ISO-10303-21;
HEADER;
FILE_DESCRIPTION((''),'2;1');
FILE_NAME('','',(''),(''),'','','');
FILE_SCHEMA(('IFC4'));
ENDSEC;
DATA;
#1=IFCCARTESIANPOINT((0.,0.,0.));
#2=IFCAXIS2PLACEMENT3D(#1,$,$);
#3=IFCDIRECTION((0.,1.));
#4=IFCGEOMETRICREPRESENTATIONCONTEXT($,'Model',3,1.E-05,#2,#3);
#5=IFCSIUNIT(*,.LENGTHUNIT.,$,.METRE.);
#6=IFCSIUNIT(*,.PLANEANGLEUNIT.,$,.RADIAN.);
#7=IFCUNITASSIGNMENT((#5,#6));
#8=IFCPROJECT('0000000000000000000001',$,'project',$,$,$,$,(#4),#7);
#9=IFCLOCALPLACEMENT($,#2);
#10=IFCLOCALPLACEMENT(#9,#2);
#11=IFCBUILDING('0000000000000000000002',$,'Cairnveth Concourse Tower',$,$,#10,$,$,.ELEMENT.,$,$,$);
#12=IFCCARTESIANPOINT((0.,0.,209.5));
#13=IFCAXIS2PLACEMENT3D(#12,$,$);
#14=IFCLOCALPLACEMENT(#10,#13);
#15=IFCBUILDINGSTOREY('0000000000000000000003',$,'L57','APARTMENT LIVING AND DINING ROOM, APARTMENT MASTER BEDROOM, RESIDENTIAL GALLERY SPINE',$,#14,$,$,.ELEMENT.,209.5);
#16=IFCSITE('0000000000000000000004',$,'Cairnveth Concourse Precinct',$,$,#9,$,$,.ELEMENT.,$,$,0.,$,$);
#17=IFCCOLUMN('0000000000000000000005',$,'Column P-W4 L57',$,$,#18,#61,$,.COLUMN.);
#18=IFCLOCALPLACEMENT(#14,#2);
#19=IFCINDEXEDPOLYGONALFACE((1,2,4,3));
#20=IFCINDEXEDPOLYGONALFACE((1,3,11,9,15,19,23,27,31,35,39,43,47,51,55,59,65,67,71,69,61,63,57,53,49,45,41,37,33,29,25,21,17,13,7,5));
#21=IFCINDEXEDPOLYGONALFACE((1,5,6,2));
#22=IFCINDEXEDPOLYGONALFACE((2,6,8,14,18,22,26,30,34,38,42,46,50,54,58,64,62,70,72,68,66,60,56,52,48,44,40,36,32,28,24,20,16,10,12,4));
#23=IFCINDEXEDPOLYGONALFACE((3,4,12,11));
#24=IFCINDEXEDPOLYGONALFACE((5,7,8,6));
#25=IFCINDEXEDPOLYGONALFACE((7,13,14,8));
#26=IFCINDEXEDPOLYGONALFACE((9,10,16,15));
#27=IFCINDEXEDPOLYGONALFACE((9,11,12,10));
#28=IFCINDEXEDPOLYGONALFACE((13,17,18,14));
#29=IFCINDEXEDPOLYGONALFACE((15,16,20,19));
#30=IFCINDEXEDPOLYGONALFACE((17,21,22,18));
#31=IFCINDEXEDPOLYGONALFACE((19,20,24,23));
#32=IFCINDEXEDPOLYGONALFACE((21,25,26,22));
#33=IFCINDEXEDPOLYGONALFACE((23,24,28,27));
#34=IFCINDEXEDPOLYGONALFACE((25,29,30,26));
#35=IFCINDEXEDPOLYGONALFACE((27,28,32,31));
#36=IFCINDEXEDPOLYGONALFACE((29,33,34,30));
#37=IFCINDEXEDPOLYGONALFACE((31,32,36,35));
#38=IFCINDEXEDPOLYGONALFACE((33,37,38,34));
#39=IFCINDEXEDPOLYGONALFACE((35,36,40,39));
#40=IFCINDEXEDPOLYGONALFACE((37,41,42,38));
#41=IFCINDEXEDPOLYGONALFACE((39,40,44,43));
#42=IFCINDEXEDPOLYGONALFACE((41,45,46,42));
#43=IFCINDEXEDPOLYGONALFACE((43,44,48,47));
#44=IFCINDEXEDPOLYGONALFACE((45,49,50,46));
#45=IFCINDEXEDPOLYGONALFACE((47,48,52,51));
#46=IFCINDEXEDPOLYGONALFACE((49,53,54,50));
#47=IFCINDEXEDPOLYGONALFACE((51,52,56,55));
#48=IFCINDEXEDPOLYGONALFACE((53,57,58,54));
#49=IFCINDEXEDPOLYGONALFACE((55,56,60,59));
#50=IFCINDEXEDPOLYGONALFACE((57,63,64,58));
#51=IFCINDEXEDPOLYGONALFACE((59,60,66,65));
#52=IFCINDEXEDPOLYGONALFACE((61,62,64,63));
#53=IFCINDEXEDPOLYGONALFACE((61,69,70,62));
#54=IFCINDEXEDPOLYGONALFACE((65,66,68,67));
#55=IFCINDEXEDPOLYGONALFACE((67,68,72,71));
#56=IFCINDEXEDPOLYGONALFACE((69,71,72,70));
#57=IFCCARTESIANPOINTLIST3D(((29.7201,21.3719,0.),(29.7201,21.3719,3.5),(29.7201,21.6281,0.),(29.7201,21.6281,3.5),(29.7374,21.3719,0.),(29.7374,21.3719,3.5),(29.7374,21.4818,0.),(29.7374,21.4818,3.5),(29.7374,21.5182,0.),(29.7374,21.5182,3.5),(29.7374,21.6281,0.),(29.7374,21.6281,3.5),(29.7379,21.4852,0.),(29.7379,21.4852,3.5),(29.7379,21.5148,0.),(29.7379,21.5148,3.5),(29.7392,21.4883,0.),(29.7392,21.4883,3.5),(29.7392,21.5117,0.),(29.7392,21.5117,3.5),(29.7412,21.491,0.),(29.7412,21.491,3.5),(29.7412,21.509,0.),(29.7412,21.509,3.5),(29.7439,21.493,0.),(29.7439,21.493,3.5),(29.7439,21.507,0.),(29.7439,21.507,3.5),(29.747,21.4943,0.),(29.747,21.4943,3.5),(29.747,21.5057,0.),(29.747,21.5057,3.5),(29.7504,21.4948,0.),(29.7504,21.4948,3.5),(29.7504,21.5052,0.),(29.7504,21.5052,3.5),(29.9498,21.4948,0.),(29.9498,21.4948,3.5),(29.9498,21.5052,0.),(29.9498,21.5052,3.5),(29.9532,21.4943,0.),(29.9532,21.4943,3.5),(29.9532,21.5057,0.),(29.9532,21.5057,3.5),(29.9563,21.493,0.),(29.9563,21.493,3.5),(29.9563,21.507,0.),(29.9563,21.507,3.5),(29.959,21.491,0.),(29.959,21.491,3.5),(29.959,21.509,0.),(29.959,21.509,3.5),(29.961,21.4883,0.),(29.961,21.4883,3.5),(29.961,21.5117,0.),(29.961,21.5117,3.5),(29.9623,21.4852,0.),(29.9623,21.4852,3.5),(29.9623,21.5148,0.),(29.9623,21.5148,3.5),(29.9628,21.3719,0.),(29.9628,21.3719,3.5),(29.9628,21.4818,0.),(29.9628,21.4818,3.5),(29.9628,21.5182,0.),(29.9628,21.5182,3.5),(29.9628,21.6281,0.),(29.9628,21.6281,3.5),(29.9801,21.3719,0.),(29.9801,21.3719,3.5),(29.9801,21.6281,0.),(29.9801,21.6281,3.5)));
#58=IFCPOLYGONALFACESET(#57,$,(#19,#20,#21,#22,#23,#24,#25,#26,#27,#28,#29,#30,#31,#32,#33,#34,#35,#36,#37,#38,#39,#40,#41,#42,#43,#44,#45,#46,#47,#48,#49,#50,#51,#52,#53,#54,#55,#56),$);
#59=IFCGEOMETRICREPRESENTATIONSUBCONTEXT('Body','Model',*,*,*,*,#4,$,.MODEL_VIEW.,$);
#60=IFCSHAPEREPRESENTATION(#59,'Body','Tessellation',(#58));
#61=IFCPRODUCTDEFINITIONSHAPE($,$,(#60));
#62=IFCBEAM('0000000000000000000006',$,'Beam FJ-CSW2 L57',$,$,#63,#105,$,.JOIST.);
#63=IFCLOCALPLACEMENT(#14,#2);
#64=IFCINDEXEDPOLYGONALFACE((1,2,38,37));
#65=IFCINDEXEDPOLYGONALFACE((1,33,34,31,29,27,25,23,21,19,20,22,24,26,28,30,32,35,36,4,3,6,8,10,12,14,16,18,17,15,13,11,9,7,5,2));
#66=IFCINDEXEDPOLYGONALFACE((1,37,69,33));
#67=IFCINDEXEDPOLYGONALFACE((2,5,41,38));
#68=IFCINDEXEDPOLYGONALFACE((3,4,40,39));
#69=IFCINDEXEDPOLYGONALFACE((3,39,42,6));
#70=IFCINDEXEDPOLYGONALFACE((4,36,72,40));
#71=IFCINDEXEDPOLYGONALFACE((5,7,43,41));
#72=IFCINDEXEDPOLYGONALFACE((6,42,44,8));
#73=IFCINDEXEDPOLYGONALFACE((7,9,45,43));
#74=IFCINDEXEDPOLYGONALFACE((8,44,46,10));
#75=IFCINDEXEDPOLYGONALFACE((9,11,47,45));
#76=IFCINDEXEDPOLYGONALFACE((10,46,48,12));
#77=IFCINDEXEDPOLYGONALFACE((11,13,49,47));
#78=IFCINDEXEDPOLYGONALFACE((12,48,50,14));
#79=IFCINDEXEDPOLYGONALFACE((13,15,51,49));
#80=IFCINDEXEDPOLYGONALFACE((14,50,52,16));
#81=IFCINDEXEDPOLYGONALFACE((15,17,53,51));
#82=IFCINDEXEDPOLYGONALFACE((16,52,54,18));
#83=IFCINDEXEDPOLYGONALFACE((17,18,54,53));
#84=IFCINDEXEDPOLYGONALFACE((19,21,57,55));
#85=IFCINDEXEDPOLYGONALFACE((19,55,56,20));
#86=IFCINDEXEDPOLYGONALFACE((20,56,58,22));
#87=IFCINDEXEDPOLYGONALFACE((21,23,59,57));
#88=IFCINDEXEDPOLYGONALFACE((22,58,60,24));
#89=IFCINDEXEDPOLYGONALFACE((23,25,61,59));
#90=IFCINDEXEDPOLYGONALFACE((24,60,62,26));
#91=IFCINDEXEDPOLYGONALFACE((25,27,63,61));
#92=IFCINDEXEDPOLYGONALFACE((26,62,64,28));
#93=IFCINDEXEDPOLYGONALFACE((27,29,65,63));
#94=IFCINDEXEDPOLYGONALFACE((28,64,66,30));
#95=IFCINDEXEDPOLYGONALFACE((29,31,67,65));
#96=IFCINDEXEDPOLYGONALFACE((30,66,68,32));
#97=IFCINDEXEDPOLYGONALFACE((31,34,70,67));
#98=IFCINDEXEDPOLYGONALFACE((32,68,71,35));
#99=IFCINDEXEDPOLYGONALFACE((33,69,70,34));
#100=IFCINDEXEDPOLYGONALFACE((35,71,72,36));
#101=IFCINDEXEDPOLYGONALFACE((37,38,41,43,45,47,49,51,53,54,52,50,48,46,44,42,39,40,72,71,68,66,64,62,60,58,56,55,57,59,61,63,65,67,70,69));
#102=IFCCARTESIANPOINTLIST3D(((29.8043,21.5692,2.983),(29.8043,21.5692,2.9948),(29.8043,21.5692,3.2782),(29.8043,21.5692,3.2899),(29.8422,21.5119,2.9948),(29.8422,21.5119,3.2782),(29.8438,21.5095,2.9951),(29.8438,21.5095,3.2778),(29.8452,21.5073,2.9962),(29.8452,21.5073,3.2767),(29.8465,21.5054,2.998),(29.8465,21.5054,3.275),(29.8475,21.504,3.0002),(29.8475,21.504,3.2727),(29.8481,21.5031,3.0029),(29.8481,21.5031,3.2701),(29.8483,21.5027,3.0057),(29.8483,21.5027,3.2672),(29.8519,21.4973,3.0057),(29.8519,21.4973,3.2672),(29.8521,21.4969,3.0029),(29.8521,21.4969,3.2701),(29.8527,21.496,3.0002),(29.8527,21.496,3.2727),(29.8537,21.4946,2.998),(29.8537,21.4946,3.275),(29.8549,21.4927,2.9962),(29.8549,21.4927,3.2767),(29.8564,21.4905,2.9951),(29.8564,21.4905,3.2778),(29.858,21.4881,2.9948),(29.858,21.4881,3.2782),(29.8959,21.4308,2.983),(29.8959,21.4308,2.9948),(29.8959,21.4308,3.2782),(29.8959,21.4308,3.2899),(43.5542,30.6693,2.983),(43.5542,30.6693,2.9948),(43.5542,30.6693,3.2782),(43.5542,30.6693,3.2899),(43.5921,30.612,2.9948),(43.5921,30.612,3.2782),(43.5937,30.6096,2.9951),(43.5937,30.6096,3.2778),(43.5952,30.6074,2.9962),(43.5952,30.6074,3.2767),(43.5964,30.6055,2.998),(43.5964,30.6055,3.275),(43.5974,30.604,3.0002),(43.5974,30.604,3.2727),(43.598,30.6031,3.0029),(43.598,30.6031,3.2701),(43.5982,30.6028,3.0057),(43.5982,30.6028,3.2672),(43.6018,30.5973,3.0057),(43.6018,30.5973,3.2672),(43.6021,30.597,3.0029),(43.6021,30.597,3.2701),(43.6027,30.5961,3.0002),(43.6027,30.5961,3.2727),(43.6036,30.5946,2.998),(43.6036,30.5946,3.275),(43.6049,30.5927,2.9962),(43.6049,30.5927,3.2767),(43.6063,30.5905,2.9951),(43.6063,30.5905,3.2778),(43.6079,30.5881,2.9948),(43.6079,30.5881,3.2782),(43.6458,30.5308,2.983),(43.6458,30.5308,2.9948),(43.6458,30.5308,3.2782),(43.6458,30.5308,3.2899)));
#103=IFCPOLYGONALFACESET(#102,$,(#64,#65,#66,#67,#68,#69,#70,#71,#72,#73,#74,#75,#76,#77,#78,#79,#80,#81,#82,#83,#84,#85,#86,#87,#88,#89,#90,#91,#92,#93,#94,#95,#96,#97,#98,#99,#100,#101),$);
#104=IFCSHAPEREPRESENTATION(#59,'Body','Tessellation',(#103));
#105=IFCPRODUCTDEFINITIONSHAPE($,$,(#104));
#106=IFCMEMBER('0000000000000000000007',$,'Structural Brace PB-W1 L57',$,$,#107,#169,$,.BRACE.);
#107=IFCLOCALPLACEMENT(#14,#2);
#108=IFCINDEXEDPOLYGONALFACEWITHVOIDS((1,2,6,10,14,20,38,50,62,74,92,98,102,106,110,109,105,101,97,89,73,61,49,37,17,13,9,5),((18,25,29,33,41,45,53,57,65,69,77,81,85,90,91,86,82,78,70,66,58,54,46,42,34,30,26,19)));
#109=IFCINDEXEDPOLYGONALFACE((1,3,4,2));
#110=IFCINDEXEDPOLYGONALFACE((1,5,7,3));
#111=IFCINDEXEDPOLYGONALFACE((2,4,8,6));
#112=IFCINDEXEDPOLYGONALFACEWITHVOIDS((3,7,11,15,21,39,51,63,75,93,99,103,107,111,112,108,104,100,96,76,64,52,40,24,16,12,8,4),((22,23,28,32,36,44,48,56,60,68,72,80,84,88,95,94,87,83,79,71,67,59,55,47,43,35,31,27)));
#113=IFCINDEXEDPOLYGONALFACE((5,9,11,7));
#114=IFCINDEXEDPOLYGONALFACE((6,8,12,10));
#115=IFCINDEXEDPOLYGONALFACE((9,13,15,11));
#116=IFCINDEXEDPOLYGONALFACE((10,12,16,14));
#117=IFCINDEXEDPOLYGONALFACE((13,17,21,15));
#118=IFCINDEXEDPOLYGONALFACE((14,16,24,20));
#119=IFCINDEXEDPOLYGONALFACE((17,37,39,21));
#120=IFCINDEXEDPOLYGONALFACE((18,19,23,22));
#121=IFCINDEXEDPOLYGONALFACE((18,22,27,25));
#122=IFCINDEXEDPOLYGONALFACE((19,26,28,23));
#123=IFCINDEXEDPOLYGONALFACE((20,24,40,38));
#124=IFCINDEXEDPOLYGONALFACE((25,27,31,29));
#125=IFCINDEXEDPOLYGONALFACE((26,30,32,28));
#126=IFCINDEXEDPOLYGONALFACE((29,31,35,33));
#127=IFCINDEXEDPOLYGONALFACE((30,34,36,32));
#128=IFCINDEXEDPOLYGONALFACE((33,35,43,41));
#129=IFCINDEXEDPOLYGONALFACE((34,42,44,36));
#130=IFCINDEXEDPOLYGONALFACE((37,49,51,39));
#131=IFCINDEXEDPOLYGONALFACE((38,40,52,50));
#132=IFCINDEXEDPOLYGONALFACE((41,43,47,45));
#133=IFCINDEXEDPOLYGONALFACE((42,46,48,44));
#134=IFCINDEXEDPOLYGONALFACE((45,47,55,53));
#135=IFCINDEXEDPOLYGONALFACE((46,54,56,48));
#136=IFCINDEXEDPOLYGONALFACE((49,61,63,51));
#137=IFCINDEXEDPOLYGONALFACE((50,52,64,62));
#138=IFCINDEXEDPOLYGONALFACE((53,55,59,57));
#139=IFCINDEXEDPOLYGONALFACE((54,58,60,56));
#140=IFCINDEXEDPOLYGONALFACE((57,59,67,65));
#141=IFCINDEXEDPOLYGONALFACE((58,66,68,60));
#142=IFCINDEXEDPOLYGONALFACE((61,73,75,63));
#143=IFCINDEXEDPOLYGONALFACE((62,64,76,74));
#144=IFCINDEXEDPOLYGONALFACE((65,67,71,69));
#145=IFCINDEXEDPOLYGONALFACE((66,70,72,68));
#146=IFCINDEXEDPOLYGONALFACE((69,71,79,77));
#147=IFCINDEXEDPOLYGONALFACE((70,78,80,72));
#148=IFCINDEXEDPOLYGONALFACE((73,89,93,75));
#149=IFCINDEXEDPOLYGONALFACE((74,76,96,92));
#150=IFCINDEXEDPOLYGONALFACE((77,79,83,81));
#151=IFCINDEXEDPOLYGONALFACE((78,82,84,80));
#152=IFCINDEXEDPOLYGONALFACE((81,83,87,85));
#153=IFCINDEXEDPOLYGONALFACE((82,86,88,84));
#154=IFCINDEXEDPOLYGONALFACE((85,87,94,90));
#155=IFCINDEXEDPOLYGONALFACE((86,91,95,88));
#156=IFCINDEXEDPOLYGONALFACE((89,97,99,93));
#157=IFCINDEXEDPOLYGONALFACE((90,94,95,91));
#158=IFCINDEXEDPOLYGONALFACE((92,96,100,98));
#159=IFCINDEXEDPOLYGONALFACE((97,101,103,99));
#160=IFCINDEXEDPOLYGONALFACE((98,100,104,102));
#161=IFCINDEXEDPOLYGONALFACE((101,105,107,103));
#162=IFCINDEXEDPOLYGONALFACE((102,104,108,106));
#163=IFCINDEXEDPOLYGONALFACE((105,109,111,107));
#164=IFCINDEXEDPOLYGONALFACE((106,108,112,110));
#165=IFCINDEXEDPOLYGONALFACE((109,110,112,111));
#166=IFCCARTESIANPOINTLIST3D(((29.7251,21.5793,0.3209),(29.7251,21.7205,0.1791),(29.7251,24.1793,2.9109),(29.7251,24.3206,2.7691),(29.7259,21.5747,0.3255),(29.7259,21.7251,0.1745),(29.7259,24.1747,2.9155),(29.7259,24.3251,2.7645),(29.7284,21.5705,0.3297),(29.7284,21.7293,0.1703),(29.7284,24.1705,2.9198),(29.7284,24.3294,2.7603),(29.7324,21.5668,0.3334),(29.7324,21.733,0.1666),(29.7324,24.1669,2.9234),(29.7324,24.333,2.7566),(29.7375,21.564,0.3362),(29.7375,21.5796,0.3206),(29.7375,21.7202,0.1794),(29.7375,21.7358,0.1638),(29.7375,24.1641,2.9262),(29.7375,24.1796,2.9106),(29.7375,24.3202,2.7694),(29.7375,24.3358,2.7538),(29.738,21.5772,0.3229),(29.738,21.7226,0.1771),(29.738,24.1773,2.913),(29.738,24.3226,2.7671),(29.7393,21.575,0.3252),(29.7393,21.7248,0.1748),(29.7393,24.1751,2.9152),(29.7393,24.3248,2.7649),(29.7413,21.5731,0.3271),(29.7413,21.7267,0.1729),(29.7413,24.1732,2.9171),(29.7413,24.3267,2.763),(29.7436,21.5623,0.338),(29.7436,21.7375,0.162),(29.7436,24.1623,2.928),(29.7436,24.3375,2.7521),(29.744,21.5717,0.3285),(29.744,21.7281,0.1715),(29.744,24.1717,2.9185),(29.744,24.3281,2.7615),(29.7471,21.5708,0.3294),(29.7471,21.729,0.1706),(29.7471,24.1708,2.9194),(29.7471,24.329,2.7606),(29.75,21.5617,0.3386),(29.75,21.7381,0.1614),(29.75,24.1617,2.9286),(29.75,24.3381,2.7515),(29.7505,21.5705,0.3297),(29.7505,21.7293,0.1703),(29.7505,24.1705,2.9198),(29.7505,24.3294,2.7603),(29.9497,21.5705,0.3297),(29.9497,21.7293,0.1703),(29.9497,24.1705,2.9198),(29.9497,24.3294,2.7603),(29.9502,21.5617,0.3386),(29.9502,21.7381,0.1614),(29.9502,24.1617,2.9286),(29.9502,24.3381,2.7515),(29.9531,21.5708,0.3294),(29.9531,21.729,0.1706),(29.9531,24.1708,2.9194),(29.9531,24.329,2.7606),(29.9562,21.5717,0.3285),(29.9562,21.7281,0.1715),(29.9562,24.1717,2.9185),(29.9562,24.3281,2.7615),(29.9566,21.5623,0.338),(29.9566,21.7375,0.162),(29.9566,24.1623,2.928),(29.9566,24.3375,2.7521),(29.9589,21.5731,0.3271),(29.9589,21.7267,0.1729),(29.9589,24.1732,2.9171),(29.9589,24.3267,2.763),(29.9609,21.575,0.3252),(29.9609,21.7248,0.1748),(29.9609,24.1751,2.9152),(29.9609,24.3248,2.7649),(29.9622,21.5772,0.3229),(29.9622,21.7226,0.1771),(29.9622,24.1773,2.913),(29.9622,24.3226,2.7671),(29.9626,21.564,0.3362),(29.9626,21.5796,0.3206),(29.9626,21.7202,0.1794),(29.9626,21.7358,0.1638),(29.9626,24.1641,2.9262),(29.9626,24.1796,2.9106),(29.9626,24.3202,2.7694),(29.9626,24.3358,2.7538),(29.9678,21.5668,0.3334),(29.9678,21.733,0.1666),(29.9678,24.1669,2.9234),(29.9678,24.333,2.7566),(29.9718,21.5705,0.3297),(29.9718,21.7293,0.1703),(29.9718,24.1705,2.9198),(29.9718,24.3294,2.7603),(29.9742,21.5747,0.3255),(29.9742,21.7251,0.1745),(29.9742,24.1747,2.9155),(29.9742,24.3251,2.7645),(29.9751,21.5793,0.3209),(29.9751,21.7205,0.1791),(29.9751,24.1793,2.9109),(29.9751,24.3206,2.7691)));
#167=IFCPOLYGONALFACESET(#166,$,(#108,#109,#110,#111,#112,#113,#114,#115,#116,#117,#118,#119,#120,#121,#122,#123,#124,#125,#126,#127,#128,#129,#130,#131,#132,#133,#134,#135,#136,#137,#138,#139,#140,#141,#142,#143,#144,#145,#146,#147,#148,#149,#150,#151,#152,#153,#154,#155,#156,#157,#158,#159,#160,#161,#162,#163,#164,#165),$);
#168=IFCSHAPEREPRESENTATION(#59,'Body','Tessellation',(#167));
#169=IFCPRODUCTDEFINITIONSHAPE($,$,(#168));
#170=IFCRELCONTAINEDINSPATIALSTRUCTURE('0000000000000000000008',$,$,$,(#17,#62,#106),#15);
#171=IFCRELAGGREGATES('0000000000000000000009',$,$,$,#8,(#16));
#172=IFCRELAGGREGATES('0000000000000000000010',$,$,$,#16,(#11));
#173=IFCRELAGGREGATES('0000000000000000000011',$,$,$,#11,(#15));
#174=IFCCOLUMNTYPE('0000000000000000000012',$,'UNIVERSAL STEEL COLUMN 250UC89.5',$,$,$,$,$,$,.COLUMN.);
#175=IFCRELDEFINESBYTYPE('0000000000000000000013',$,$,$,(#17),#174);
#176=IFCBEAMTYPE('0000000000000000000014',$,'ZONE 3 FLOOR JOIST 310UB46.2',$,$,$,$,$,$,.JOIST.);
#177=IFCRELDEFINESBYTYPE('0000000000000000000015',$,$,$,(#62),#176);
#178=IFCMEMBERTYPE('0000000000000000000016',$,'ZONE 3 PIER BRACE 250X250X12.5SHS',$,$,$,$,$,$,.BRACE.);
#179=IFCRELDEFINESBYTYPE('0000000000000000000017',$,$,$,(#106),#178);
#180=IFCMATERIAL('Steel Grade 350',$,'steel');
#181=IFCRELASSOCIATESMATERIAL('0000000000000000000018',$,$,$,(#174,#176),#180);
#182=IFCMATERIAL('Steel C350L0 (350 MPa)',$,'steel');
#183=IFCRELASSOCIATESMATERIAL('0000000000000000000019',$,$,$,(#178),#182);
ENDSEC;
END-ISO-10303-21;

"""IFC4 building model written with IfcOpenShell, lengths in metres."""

from ifc_helpers import new_model, si_unit, direction, frame, origin, origin_2d, place, context, subcontext, project, spatial, hollow_rectangle, i_section, extrude, material, material_profile, profile_set, type_object, element, save


model = new_model("IFC4")

# Units and contexts
model_context = context("Model", 3, precision=1e-05, world=origin(), true_north=direction((0.0, 1.0)))
body_context = subcontext(model_context, "Body", "Model", "MODEL_VIEW")
ifc_project = project(units=[si_unit("LENGTHUNIT", "METRE"), si_unit("PLANEANGLEUNIT", "RADIAN")], contexts=[model_context])

# Site, building, storey
site_placement = place(None, origin())
site = spatial("IfcSite", under=ifc_project, at=site_placement, Name="Cairnveth Concourse Precinct", CompositionType="ELEMENT", RefElevation=0.0)
building_placement = place(site_placement, origin())
building = spatial("IfcBuilding", under=site, at=building_placement, Name="Cairnveth Concourse Tower", CompositionType="ELEMENT")
storey_placement = place(building_placement, frame((0.0, 0.0, 209.5)))
storey = spatial("IfcBuildingStorey", under=building, at=storey_placement, Name="L57", Description="APARTMENT LIVING AND DINING ROOM, APARTMENT MASTER BEDROOM, RESIDENTIAL GALLERY SPINE", CompositionType="ELEMENT", Elevation=209.5)

# Column
ifc_material_1 = material(Name="Steel Grade 350", Category="steel")
ifc_material_profile_1 = material_profile(ifc_material_1, i_section(OverallWidth=0.2561, OverallDepth=0.26, WebThickness=0.0105, FlangeThickness=0.0173, FilletRadius=0.0129, at=origin_2d()), Name="250UC89.5")
ifc_profile_set_1 = profile_set([ifc_material_profile_1], Name="Steel Grade 350")
column_type = type_object("IfcColumnType", Name="UNIVERSAL STEEL COLUMN 250UC89.5", PredefinedType="COLUMN", material=ifc_profile_set_1)
column_placement = place(storey_placement, frame((29.8501, 21.5, 0.0), z_axis=(0.0, 0.0, 1.0), x_axis=(0.0, 1.0, 0.0)))
element("IfcColumn", 1, at=column_placement, inside=storey, type_object=column_type, Name="Column P-W4 L57", PredefinedType="COLUMN", context=body_context, shape_type="SweptSolid", body=[
    extrude(i_section(OverallWidth=0.2561, OverallDepth=0.26, WebThickness=0.0105, FlangeThickness=0.0173, FilletRadius=0.0129, at=origin_2d()), origin(), (0.0, 0.0, 1.0), 3.5),
])

# Beam
ifc_material_profile_2 = material_profile(ifc_material_1, i_section(OverallWidth=0.166, OverallDepth=0.3069, WebThickness=0.0066, FlangeThickness=0.0117, FilletRadius=0.011, at=origin_2d()), Name="310UB46.2")
ifc_profile_set_2 = profile_set([ifc_material_profile_2], Name="Steel Grade 350")
beam_type_1 = type_object("IfcBeamType", Name="ZONE 3 FLOOR JOIST 310UB46.2", PredefinedType="JOIST", material=ifc_profile_set_2)
beam_1_placement = place(storey_placement, frame((29.8501, 21.5, 3.1365), z_axis=(0.833909, 0.551902, 0.0), x_axis=(-0.551902, 0.833909, 0.0)))
element("IfcBeam", 2, at=beam_1_placement, inside=storey, type_object=beam_type_1, Name="Beam FJ-CSW2 L57", PredefinedType="JOIST", context=body_context, shape_type="SweptSolid", body=[
    extrude(i_section(OverallWidth=0.166, OverallDepth=0.3069, WebThickness=0.0066, FlangeThickness=0.0117, FilletRadius=0.011, at=origin_2d()), origin(), (0.0, 0.0, 1.0), 16.4885),
])

# Member
ifc_material_2 = material(Name="Steel C350L0 (350 MPa)", Category="steel")
ifc_material_profile_3 = material_profile(ifc_material_2, hollow_rectangle(XDim=0.25, YDim=0.25, WallThickness=0.0125, InnerFilletRadius=0.0129, OuterFilletRadius=0.0249, at=origin_2d()), Name="250x250x12.5SHS")
ifc_profile_set_3 = profile_set([ifc_material_profile_3], Name="Steel C350L0 (350 MPa)")
member_type = type_object("IfcMemberType", Name="ZONE 3 PIER BRACE 250X250X12.5SHS", PredefinedType="BRACE", material=ifc_profile_set_3)
member_placement = place(storey_placement, frame((29.8501, 21.6499, 0.25), z_axis=(0.0, 0.708469, 0.705742), x_axis=(-1.0, 0.0, 0.0)))
element("IfcMember", 3, at=member_placement, inside=storey, type_object=member_type, Name="Structural Brace PB-W1 L57", PredefinedType="BRACE", context=body_context, shape_type="SweptSolid", body=[
    extrude(hollow_rectangle(XDim=0.25, YDim=0.25, WallThickness=0.0125, InnerFilletRadius=0.0129, OuterFilletRadius=0.0249, at=origin_2d()), origin(), (0.0, 0.0, 1.0), 3.6699),
])

save(model, "model.ifc")
